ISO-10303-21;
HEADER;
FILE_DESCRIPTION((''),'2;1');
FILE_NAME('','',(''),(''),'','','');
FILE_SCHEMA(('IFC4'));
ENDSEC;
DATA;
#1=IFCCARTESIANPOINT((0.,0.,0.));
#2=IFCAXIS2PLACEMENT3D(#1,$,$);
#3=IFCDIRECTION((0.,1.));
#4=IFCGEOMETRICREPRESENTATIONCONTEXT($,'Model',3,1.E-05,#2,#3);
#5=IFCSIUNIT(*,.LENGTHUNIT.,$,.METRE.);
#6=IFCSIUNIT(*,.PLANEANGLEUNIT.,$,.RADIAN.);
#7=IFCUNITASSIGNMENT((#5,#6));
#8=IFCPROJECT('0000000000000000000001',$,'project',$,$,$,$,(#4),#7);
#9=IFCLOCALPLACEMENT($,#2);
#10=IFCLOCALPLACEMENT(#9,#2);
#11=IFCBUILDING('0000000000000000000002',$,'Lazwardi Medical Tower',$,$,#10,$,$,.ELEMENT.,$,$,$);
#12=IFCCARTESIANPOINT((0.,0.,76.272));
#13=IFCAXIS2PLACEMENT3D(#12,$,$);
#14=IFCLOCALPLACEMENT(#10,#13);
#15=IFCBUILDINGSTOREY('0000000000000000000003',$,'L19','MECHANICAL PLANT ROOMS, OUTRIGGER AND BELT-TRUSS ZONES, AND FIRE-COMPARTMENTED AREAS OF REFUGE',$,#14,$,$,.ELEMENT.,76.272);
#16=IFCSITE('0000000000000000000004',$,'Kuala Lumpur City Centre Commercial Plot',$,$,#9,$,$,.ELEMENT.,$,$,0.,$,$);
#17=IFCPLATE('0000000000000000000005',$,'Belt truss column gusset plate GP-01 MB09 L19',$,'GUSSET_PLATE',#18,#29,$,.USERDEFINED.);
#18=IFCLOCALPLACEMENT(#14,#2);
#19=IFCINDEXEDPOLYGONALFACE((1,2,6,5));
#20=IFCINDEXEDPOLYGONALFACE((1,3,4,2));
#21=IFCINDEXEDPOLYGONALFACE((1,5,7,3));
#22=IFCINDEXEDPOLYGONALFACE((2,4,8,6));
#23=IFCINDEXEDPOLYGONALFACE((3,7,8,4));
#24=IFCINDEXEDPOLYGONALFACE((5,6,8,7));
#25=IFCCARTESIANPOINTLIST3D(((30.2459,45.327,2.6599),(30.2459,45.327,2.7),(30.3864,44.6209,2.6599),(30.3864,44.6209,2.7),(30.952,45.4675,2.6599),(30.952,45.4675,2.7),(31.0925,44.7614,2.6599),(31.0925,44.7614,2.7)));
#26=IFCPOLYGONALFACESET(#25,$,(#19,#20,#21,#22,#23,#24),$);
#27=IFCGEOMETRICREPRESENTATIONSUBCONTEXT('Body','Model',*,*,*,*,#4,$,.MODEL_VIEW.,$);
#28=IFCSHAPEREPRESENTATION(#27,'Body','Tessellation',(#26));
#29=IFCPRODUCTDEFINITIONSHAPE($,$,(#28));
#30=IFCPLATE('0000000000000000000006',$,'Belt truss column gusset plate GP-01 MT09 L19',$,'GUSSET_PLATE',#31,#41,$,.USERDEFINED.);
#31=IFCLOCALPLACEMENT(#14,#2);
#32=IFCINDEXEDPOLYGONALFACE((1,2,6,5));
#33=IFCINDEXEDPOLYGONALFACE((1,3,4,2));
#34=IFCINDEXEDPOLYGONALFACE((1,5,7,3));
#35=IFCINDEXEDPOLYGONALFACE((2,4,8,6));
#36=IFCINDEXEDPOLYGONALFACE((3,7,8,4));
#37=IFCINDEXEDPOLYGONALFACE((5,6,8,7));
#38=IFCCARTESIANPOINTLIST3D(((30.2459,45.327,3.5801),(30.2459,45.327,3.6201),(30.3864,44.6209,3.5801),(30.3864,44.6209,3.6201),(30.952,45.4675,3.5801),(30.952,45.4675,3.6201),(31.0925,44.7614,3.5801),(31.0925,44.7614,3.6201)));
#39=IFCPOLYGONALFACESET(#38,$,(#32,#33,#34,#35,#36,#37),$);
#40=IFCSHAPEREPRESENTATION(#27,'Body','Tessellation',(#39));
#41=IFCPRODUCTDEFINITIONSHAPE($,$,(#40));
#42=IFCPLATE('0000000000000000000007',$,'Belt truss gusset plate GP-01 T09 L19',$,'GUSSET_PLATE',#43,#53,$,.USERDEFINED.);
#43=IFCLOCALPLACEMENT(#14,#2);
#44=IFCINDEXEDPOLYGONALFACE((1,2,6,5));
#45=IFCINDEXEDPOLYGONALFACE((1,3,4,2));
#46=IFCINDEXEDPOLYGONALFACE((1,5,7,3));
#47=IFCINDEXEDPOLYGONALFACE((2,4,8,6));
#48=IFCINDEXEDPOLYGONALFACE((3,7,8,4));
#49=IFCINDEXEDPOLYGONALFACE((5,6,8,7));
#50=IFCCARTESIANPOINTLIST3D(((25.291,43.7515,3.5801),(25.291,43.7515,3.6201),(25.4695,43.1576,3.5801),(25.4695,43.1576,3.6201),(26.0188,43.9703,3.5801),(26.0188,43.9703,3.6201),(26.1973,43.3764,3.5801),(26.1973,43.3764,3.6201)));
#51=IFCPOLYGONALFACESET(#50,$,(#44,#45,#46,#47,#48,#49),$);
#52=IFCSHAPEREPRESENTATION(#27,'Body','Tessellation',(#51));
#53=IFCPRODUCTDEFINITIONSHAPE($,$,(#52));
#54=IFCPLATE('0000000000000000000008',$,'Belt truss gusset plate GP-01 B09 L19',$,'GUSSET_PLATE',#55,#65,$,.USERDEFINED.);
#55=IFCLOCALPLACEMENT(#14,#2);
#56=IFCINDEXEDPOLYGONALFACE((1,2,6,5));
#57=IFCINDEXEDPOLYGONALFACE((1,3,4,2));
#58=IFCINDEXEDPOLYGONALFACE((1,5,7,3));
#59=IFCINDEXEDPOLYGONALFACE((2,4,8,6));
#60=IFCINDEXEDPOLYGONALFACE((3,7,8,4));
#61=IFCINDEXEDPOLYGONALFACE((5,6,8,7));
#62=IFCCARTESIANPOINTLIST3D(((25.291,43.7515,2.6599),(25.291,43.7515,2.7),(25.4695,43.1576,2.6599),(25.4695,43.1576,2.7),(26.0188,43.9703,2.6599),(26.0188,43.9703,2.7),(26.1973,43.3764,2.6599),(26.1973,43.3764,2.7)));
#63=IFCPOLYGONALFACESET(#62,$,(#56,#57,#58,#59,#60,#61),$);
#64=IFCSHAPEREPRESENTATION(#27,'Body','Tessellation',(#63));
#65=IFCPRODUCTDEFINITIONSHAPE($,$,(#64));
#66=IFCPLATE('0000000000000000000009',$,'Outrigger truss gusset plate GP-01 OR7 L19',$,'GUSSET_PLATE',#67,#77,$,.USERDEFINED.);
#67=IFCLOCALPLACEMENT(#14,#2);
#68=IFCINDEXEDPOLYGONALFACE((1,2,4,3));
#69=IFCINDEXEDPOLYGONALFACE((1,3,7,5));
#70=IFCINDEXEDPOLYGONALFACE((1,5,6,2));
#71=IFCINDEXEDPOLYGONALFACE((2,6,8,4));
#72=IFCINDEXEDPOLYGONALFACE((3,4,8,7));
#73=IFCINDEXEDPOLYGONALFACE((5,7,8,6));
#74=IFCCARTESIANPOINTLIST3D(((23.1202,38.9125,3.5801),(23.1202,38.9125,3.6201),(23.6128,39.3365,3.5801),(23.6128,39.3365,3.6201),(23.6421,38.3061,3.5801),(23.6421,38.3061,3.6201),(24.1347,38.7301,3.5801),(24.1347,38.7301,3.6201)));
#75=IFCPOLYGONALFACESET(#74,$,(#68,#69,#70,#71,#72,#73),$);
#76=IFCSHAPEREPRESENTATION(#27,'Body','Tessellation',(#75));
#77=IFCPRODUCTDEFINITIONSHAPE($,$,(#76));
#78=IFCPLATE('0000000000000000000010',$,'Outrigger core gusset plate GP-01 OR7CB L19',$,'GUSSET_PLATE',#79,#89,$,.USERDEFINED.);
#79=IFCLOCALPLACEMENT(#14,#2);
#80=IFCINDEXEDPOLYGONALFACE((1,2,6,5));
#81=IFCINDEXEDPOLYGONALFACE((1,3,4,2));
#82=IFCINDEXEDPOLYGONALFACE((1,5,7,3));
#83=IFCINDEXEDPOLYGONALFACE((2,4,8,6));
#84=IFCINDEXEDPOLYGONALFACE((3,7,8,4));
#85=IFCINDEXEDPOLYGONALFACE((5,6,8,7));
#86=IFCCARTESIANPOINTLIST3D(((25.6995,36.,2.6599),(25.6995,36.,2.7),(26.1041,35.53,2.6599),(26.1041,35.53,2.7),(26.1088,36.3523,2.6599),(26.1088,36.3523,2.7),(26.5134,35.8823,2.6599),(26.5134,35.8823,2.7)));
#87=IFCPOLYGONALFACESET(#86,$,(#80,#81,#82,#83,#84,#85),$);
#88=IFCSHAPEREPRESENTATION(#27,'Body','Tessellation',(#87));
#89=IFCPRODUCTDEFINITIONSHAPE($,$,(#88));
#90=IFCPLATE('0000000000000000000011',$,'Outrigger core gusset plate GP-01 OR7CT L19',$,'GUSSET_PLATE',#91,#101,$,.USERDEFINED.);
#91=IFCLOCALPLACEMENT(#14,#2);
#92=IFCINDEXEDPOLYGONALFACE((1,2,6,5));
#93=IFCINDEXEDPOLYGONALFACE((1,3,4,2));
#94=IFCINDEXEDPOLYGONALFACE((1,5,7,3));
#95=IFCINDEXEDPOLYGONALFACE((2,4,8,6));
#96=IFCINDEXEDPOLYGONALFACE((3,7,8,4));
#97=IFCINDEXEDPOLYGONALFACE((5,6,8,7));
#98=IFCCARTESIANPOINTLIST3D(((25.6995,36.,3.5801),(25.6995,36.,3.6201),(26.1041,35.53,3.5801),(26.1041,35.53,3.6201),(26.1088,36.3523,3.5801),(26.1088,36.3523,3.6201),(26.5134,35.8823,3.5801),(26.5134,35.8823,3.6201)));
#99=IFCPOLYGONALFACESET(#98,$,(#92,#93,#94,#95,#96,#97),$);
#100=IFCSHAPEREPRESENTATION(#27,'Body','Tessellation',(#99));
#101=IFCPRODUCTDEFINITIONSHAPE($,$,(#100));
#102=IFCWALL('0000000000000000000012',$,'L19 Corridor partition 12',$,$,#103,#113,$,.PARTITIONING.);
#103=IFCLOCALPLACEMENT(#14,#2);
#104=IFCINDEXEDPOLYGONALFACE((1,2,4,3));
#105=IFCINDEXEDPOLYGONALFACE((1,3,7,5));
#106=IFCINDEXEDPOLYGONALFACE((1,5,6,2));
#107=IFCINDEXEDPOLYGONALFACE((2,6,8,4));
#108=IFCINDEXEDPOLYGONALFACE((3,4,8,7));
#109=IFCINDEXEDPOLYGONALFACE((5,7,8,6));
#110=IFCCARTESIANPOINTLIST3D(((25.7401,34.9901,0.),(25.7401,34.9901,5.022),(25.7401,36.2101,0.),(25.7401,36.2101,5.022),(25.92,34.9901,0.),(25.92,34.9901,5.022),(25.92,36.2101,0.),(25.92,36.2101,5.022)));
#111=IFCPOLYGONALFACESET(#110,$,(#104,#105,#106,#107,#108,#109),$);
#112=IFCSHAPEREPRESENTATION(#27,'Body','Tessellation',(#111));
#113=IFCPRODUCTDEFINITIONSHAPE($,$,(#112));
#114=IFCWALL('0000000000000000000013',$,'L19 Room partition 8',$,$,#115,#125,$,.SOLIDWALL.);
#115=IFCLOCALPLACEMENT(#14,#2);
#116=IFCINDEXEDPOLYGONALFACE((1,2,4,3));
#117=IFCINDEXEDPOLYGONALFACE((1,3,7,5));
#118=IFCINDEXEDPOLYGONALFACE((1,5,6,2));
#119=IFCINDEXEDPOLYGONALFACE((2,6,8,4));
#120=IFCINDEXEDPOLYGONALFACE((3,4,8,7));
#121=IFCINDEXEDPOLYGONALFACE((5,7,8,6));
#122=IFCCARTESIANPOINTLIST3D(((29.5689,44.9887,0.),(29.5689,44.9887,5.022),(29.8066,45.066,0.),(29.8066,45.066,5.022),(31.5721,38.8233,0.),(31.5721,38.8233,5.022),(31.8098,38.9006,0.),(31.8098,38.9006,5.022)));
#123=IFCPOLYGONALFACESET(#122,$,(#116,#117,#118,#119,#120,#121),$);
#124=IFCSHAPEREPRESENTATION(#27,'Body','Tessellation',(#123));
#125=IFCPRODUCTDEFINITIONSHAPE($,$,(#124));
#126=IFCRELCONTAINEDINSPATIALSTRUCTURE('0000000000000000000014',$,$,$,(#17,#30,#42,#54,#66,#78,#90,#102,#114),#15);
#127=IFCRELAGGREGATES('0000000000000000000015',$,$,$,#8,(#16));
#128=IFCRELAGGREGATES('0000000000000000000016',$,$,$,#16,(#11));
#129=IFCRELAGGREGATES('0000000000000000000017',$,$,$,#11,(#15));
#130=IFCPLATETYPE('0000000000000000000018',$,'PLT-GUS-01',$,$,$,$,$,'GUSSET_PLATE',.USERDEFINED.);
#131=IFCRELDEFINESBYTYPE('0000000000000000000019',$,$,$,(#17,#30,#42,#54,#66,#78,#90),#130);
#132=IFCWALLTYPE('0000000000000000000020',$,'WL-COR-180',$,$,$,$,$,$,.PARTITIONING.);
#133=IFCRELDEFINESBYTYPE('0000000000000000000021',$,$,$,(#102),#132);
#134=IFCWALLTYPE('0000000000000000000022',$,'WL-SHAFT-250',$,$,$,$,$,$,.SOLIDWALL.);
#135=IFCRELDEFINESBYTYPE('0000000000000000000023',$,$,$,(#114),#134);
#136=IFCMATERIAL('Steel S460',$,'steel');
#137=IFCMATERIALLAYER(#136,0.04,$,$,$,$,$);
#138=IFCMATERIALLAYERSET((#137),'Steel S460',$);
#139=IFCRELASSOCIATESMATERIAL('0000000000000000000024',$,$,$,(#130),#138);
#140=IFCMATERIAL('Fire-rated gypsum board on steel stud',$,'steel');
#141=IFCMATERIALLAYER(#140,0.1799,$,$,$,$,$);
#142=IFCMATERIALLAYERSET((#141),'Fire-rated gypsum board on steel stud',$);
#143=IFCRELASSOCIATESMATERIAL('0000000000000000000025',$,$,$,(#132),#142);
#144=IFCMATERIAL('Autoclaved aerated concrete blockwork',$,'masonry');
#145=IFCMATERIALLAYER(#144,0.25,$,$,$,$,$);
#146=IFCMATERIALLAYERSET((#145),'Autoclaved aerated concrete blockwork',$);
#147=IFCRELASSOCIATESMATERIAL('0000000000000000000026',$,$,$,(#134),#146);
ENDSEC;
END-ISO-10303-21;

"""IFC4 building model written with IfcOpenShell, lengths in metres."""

from ifc_helpers import new_model, si_unit, direction, frame, frame_2d, origin, origin_2d, place, context, subcontext, project, spatial, rectangle, extrude, material, layer, layer_set, type_object, element, save


model = new_model("IFC4")

# Units and contexts
model_context = context("Model", 3, precision=1e-05, world=origin(), true_north=direction((0.0, 1.0)))
body_context = subcontext(model_context, "Body", "Model", "MODEL_VIEW")
ifc_project = project(units=[si_unit("LENGTHUNIT", "METRE"), si_unit("PLANEANGLEUNIT", "RADIAN")], contexts=[model_context])

# Site, building, storey
site_placement = place(None, origin())
site = spatial("IfcSite", under=ifc_project, at=site_placement, Name="Kuala Lumpur City Centre Commercial Plot", CompositionType="ELEMENT", RefElevation=0.0)
building_placement = place(site_placement, origin())
building = spatial("IfcBuilding", under=site, at=building_placement, Name="Lazwardi Medical Tower", CompositionType="ELEMENT")
storey_placement = place(building_placement, frame((0.0, 0.0, 76.272)))
storey = spatial("IfcBuildingStorey", under=building, at=storey_placement, Name="L19", Description="MECHANICAL PLANT ROOMS, OUTRIGGER AND BELT-TRUSS ZONES, AND FIRE-COMPARTMENTED AREAS OF REFUGE", CompositionType="ELEMENT", Elevation=76.272)

# Shared definitions
ifc_material_1 = material(Name="Steel S460", Category="steel")

# Plates
ifc_layer_1 = layer(ifc_material_1, 0.04)
ifc_layer_set_1 = layer_set([ifc_layer_1], Name="Steel S460")
plate_type = type_object("IfcPlateType", Name="PLT-GUS-01", ElementType="GUSSET_PLATE", PredefinedType="USERDEFINED", material=ifc_layer_set_1)
for number, where, z_axis, x_axis, name in (
    (1, (30.6692, 45.0442, 2.6599), (0.0, 0.0, 1.0), (-0.19509, 0.980785, 0.0), "Belt truss column gusset plate GP-01 MB09 L19"),
    (2, (30.6692, 45.0442, 3.5801), (0.0, 0.0, 1.0), (-0.19509, 0.980785, 0.0), "Belt truss column gusset plate GP-01 MT09 L19"),
):
    element("IfcPlate", number, at=place(storey_placement, frame(where, z_axis=z_axis, x_axis=x_axis)), inside=storey, type_object=plate_type, Name=name, ObjectType="GUSSET_PLATE", PredefinedType="USERDEFINED", context=body_context, shape_type="SweptSolid", body=[
        extrude(rectangle(XDim=0.72, YDim=0.72, at=origin_2d()), origin(), (0.0, 0.0, 1.0), 0.04),
    ])
for number, where, z_axis, x_axis, name in (
    (3, (25.7441, 43.564, 3.5801), (0.0, 0.0, 1.0), (-0.957672, -0.287862, 0.0), "Belt truss gusset plate GP-01 T09 L19"),
    (4, (25.7441, 43.564, 2.6599), (0.0, 0.0, 1.0), (-0.957672, -0.287862, 0.0), "Belt truss gusset plate GP-01 B09 L19"),
):
    element("IfcPlate", number, at=place(storey_placement, frame(where, z_axis=z_axis, x_axis=x_axis)), inside=storey, type_object=plate_type, Name=name, ObjectType="GUSSET_PLATE", PredefinedType="USERDEFINED", context=body_context, shape_type="SweptSolid", body=[
        extrude(rectangle(XDim=0.76, YDim=0.6201, at=origin_2d()), origin(), (0.0, 0.0, 1.0), 0.04),
    ])
plate_placement = place(storey_placement, frame((23.6274, 38.8213, 3.5801), z_axis=(0.0, 0.0, 1.0), x_axis=(-0.652363, 0.757907, 0.0)))
element("IfcPlate", 5, at=plate_placement, inside=storey, type_object=plate_type, Name="Outrigger truss gusset plate GP-01 OR7 L19", ObjectType="GUSSET_PLATE", PredefinedType="USERDEFINED", context=body_context, shape_type="SweptSolid", body=[
    extrude(rectangle(XDim=0.8, YDim=0.6499, at=origin_2d()), origin(), (0.0, 0.0, 1.0), 0.04),
])
for number, where, z_axis, x_axis, name in (
    (6, (26.1064, 35.9412, 2.6599), (0.0, 0.0, 1.0), (-0.652363, 0.757907, 0.0), "Outrigger core gusset plate GP-01 OR7CB L19"),
    (7, (26.1064, 35.9412, 3.5801), (0.0, 0.0, 1.0), (-0.652363, 0.757907, 0.0), "Outrigger core gusset plate GP-01 OR7CT L19"),
):
    element("IfcPlate", number, at=place(storey_placement, frame(where, z_axis=z_axis, x_axis=x_axis)), inside=storey, type_object=plate_type, Name=name, ObjectType="GUSSET_PLATE", PredefinedType="USERDEFINED", context=body_context, shape_type="SweptSolid", body=[
        extrude(rectangle(XDim=0.6201, YDim=0.54, at=origin_2d()), origin(), (0.0, 0.0, 1.0), 0.04),
    ])

# Walls
ifc_material_2 = material(Name="Fire-rated gypsum board on steel stud", Category="steel")
ifc_layer_2 = layer(ifc_material_2, 0.1799)
ifc_layer_set_2 = layer_set([ifc_layer_2], Name="Fire-rated gypsum board on steel stud")
wall_type_1 = type_object("IfcWallType", Name="WL-COR-180", PredefinedType="PARTITIONING", material=ifc_layer_set_2)
wall_1_placement = place(storey_placement, frame((25.8301, 36.21, 0.0), z_axis=(0.0, 0.0, 1.0), x_axis=(0.0, -1.0, 0.0)))
element("IfcWall", 8, at=wall_1_placement, inside=storey, type_object=wall_type_1, Name="L19 Corridor partition 12", PredefinedType="PARTITIONING", context=body_context, shape_type="SweptSolid", body=[
    extrude(rectangle(XDim=1.22, YDim=0.1799, at=frame_2d((0.6099, 0.0))), origin(), (0.0, 0.0, 1.0), 5.022),
])
ifc_material_3 = material(Name="Autoclaved aerated concrete blockwork", Category="masonry")
ifc_layer_3 = layer(ifc_material_3, 0.25)
ifc_layer_set_3 = layer_set([ifc_layer_3], Name="Autoclaved aerated concrete blockwork")
wall_type_2 = type_object("IfcWallType", Name="WL-SHAFT-250", PredefinedType="SOLIDWALL", material=ifc_layer_set_3)
wall_2_placement = place(storey_placement, frame((31.6909, 38.8621, 0.0), z_axis=(0.0, 0.0, 1.0), x_axis=(-0.30901, 0.951059, 0.0)))
element("IfcWall", 9, at=wall_2_placement, inside=storey, type_object=wall_type_2, Name="L19 Room partition 8", PredefinedType="SOLIDWALL", context=body_context, shape_type="SweptSolid", body=[
    extrude(rectangle(XDim=6.4827, YDim=0.25, at=frame_2d((3.2412, 0.0))), origin(), (0.0, 0.0, 1.0), 5.022),
])

save(model, "model.ifc")
